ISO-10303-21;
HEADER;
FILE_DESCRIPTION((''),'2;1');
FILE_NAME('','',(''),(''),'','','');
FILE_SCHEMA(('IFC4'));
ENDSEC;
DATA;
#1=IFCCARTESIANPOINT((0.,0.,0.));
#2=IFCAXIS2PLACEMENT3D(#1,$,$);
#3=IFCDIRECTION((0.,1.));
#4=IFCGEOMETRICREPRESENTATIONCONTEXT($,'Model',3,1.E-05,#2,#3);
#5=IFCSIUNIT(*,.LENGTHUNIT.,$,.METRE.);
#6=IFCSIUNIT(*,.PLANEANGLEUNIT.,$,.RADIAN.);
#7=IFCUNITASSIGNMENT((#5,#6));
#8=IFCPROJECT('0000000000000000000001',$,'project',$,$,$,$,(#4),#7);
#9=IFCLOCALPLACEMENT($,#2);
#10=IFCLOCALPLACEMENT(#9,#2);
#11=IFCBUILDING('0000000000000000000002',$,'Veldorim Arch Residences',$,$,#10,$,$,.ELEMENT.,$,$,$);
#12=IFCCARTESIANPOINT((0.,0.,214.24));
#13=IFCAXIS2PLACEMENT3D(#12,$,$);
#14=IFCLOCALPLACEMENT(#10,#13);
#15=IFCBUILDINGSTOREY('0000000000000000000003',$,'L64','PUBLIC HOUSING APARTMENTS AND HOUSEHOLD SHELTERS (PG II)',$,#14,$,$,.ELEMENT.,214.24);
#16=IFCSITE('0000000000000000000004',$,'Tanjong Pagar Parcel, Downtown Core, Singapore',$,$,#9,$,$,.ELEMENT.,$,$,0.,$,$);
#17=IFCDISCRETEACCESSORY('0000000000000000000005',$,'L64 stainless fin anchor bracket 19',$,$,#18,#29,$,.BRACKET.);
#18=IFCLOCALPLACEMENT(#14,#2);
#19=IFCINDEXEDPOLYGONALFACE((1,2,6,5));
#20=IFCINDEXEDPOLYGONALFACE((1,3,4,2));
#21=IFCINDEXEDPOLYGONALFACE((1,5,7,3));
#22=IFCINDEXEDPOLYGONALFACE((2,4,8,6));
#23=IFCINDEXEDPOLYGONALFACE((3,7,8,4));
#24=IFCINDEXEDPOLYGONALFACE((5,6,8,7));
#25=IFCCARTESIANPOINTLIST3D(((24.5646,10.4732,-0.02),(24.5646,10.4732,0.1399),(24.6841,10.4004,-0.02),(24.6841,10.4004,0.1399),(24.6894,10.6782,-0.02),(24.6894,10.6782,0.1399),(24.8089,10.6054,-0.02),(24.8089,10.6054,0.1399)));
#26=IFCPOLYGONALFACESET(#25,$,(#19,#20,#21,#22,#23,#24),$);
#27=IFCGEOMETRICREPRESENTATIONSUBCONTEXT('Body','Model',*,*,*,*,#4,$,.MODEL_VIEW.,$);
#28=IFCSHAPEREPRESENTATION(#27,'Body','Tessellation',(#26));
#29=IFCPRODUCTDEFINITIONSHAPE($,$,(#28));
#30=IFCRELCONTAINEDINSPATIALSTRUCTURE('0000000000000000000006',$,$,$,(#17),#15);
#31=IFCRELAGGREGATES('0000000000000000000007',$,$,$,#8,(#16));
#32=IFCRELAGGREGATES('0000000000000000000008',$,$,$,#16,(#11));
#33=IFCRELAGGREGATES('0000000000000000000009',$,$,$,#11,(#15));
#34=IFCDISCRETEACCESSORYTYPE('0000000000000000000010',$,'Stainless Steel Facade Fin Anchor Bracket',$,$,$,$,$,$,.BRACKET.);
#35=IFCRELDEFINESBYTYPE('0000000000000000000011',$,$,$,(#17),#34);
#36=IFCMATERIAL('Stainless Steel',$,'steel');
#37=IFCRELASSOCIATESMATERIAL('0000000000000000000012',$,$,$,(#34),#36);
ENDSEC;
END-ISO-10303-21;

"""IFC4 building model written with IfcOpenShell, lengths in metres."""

from ifc_helpers import new_model, si_unit, direction, frame, origin, origin_2d, place, context, subcontext, project, spatial, rectangle, extrude, material, type_object, element, save


model = new_model("IFC4")

# Units and contexts
model_context = context("Model", 3, precision=1e-05, world=origin(), true_north=direction((0.0, 1.0)))
body_context = subcontext(model_context, "Body", "Model", "MODEL_VIEW")
ifc_project = project(units=[si_unit("LENGTHUNIT", "METRE"), si_unit("PLANEANGLEUNIT", "RADIAN")], contexts=[model_context])

# Site, building, storey
site_placement = place(None, origin())
site = spatial("IfcSite", under=ifc_project, at=site_placement, Name="Tanjong Pagar Parcel, Downtown Core, Singapore", CompositionType="ELEMENT", RefElevation=0.0)
building_placement = place(site_placement, origin())
building = spatial("IfcBuilding", under=site, at=building_placement, Name="Veldorim Arch Residences", CompositionType="ELEMENT")
storey_placement = place(building_placement, frame((0.0, 0.0, 214.24)))
storey = spatial("IfcBuildingStorey", under=building, at=storey_placement, Name="L64", Description="PUBLIC HOUSING APARTMENTS AND HOUSEHOLD SHELTERS (PG II)", CompositionType="ELEMENT", Elevation=214.24)

# Discrete accessory
ifc_material_1 = material(Name="Stainless Steel", Category="steel")
discrete_accessory_type = type_object("IfcDiscreteAccessoryType", Name="Stainless Steel Facade Fin Anchor Bracket", PredefinedType="BRACKET", material=ifc_material_1)
discrete_accessory_placement = place(storey_placement, frame((24.6868, 10.5393, -0.02), z_axis=(0.0, 0.0, 1.0), x_axis=(-0.854187, 0.519966, 0.0)))
element("IfcDiscreteAccessory", 1, at=discrete_accessory_placement, inside=storey, type_object=discrete_accessory_type, Name="L64 stainless fin anchor bracket 19", PredefinedType="BRACKET", context=body_context, shape_type="SweptSolid", body=[
    extrude(rectangle(XDim=0.1399, YDim=0.24, at=origin_2d()), origin(), (0.0, 0.0, 1.0), 0.1599),
])

save(model, "model.ifc")
